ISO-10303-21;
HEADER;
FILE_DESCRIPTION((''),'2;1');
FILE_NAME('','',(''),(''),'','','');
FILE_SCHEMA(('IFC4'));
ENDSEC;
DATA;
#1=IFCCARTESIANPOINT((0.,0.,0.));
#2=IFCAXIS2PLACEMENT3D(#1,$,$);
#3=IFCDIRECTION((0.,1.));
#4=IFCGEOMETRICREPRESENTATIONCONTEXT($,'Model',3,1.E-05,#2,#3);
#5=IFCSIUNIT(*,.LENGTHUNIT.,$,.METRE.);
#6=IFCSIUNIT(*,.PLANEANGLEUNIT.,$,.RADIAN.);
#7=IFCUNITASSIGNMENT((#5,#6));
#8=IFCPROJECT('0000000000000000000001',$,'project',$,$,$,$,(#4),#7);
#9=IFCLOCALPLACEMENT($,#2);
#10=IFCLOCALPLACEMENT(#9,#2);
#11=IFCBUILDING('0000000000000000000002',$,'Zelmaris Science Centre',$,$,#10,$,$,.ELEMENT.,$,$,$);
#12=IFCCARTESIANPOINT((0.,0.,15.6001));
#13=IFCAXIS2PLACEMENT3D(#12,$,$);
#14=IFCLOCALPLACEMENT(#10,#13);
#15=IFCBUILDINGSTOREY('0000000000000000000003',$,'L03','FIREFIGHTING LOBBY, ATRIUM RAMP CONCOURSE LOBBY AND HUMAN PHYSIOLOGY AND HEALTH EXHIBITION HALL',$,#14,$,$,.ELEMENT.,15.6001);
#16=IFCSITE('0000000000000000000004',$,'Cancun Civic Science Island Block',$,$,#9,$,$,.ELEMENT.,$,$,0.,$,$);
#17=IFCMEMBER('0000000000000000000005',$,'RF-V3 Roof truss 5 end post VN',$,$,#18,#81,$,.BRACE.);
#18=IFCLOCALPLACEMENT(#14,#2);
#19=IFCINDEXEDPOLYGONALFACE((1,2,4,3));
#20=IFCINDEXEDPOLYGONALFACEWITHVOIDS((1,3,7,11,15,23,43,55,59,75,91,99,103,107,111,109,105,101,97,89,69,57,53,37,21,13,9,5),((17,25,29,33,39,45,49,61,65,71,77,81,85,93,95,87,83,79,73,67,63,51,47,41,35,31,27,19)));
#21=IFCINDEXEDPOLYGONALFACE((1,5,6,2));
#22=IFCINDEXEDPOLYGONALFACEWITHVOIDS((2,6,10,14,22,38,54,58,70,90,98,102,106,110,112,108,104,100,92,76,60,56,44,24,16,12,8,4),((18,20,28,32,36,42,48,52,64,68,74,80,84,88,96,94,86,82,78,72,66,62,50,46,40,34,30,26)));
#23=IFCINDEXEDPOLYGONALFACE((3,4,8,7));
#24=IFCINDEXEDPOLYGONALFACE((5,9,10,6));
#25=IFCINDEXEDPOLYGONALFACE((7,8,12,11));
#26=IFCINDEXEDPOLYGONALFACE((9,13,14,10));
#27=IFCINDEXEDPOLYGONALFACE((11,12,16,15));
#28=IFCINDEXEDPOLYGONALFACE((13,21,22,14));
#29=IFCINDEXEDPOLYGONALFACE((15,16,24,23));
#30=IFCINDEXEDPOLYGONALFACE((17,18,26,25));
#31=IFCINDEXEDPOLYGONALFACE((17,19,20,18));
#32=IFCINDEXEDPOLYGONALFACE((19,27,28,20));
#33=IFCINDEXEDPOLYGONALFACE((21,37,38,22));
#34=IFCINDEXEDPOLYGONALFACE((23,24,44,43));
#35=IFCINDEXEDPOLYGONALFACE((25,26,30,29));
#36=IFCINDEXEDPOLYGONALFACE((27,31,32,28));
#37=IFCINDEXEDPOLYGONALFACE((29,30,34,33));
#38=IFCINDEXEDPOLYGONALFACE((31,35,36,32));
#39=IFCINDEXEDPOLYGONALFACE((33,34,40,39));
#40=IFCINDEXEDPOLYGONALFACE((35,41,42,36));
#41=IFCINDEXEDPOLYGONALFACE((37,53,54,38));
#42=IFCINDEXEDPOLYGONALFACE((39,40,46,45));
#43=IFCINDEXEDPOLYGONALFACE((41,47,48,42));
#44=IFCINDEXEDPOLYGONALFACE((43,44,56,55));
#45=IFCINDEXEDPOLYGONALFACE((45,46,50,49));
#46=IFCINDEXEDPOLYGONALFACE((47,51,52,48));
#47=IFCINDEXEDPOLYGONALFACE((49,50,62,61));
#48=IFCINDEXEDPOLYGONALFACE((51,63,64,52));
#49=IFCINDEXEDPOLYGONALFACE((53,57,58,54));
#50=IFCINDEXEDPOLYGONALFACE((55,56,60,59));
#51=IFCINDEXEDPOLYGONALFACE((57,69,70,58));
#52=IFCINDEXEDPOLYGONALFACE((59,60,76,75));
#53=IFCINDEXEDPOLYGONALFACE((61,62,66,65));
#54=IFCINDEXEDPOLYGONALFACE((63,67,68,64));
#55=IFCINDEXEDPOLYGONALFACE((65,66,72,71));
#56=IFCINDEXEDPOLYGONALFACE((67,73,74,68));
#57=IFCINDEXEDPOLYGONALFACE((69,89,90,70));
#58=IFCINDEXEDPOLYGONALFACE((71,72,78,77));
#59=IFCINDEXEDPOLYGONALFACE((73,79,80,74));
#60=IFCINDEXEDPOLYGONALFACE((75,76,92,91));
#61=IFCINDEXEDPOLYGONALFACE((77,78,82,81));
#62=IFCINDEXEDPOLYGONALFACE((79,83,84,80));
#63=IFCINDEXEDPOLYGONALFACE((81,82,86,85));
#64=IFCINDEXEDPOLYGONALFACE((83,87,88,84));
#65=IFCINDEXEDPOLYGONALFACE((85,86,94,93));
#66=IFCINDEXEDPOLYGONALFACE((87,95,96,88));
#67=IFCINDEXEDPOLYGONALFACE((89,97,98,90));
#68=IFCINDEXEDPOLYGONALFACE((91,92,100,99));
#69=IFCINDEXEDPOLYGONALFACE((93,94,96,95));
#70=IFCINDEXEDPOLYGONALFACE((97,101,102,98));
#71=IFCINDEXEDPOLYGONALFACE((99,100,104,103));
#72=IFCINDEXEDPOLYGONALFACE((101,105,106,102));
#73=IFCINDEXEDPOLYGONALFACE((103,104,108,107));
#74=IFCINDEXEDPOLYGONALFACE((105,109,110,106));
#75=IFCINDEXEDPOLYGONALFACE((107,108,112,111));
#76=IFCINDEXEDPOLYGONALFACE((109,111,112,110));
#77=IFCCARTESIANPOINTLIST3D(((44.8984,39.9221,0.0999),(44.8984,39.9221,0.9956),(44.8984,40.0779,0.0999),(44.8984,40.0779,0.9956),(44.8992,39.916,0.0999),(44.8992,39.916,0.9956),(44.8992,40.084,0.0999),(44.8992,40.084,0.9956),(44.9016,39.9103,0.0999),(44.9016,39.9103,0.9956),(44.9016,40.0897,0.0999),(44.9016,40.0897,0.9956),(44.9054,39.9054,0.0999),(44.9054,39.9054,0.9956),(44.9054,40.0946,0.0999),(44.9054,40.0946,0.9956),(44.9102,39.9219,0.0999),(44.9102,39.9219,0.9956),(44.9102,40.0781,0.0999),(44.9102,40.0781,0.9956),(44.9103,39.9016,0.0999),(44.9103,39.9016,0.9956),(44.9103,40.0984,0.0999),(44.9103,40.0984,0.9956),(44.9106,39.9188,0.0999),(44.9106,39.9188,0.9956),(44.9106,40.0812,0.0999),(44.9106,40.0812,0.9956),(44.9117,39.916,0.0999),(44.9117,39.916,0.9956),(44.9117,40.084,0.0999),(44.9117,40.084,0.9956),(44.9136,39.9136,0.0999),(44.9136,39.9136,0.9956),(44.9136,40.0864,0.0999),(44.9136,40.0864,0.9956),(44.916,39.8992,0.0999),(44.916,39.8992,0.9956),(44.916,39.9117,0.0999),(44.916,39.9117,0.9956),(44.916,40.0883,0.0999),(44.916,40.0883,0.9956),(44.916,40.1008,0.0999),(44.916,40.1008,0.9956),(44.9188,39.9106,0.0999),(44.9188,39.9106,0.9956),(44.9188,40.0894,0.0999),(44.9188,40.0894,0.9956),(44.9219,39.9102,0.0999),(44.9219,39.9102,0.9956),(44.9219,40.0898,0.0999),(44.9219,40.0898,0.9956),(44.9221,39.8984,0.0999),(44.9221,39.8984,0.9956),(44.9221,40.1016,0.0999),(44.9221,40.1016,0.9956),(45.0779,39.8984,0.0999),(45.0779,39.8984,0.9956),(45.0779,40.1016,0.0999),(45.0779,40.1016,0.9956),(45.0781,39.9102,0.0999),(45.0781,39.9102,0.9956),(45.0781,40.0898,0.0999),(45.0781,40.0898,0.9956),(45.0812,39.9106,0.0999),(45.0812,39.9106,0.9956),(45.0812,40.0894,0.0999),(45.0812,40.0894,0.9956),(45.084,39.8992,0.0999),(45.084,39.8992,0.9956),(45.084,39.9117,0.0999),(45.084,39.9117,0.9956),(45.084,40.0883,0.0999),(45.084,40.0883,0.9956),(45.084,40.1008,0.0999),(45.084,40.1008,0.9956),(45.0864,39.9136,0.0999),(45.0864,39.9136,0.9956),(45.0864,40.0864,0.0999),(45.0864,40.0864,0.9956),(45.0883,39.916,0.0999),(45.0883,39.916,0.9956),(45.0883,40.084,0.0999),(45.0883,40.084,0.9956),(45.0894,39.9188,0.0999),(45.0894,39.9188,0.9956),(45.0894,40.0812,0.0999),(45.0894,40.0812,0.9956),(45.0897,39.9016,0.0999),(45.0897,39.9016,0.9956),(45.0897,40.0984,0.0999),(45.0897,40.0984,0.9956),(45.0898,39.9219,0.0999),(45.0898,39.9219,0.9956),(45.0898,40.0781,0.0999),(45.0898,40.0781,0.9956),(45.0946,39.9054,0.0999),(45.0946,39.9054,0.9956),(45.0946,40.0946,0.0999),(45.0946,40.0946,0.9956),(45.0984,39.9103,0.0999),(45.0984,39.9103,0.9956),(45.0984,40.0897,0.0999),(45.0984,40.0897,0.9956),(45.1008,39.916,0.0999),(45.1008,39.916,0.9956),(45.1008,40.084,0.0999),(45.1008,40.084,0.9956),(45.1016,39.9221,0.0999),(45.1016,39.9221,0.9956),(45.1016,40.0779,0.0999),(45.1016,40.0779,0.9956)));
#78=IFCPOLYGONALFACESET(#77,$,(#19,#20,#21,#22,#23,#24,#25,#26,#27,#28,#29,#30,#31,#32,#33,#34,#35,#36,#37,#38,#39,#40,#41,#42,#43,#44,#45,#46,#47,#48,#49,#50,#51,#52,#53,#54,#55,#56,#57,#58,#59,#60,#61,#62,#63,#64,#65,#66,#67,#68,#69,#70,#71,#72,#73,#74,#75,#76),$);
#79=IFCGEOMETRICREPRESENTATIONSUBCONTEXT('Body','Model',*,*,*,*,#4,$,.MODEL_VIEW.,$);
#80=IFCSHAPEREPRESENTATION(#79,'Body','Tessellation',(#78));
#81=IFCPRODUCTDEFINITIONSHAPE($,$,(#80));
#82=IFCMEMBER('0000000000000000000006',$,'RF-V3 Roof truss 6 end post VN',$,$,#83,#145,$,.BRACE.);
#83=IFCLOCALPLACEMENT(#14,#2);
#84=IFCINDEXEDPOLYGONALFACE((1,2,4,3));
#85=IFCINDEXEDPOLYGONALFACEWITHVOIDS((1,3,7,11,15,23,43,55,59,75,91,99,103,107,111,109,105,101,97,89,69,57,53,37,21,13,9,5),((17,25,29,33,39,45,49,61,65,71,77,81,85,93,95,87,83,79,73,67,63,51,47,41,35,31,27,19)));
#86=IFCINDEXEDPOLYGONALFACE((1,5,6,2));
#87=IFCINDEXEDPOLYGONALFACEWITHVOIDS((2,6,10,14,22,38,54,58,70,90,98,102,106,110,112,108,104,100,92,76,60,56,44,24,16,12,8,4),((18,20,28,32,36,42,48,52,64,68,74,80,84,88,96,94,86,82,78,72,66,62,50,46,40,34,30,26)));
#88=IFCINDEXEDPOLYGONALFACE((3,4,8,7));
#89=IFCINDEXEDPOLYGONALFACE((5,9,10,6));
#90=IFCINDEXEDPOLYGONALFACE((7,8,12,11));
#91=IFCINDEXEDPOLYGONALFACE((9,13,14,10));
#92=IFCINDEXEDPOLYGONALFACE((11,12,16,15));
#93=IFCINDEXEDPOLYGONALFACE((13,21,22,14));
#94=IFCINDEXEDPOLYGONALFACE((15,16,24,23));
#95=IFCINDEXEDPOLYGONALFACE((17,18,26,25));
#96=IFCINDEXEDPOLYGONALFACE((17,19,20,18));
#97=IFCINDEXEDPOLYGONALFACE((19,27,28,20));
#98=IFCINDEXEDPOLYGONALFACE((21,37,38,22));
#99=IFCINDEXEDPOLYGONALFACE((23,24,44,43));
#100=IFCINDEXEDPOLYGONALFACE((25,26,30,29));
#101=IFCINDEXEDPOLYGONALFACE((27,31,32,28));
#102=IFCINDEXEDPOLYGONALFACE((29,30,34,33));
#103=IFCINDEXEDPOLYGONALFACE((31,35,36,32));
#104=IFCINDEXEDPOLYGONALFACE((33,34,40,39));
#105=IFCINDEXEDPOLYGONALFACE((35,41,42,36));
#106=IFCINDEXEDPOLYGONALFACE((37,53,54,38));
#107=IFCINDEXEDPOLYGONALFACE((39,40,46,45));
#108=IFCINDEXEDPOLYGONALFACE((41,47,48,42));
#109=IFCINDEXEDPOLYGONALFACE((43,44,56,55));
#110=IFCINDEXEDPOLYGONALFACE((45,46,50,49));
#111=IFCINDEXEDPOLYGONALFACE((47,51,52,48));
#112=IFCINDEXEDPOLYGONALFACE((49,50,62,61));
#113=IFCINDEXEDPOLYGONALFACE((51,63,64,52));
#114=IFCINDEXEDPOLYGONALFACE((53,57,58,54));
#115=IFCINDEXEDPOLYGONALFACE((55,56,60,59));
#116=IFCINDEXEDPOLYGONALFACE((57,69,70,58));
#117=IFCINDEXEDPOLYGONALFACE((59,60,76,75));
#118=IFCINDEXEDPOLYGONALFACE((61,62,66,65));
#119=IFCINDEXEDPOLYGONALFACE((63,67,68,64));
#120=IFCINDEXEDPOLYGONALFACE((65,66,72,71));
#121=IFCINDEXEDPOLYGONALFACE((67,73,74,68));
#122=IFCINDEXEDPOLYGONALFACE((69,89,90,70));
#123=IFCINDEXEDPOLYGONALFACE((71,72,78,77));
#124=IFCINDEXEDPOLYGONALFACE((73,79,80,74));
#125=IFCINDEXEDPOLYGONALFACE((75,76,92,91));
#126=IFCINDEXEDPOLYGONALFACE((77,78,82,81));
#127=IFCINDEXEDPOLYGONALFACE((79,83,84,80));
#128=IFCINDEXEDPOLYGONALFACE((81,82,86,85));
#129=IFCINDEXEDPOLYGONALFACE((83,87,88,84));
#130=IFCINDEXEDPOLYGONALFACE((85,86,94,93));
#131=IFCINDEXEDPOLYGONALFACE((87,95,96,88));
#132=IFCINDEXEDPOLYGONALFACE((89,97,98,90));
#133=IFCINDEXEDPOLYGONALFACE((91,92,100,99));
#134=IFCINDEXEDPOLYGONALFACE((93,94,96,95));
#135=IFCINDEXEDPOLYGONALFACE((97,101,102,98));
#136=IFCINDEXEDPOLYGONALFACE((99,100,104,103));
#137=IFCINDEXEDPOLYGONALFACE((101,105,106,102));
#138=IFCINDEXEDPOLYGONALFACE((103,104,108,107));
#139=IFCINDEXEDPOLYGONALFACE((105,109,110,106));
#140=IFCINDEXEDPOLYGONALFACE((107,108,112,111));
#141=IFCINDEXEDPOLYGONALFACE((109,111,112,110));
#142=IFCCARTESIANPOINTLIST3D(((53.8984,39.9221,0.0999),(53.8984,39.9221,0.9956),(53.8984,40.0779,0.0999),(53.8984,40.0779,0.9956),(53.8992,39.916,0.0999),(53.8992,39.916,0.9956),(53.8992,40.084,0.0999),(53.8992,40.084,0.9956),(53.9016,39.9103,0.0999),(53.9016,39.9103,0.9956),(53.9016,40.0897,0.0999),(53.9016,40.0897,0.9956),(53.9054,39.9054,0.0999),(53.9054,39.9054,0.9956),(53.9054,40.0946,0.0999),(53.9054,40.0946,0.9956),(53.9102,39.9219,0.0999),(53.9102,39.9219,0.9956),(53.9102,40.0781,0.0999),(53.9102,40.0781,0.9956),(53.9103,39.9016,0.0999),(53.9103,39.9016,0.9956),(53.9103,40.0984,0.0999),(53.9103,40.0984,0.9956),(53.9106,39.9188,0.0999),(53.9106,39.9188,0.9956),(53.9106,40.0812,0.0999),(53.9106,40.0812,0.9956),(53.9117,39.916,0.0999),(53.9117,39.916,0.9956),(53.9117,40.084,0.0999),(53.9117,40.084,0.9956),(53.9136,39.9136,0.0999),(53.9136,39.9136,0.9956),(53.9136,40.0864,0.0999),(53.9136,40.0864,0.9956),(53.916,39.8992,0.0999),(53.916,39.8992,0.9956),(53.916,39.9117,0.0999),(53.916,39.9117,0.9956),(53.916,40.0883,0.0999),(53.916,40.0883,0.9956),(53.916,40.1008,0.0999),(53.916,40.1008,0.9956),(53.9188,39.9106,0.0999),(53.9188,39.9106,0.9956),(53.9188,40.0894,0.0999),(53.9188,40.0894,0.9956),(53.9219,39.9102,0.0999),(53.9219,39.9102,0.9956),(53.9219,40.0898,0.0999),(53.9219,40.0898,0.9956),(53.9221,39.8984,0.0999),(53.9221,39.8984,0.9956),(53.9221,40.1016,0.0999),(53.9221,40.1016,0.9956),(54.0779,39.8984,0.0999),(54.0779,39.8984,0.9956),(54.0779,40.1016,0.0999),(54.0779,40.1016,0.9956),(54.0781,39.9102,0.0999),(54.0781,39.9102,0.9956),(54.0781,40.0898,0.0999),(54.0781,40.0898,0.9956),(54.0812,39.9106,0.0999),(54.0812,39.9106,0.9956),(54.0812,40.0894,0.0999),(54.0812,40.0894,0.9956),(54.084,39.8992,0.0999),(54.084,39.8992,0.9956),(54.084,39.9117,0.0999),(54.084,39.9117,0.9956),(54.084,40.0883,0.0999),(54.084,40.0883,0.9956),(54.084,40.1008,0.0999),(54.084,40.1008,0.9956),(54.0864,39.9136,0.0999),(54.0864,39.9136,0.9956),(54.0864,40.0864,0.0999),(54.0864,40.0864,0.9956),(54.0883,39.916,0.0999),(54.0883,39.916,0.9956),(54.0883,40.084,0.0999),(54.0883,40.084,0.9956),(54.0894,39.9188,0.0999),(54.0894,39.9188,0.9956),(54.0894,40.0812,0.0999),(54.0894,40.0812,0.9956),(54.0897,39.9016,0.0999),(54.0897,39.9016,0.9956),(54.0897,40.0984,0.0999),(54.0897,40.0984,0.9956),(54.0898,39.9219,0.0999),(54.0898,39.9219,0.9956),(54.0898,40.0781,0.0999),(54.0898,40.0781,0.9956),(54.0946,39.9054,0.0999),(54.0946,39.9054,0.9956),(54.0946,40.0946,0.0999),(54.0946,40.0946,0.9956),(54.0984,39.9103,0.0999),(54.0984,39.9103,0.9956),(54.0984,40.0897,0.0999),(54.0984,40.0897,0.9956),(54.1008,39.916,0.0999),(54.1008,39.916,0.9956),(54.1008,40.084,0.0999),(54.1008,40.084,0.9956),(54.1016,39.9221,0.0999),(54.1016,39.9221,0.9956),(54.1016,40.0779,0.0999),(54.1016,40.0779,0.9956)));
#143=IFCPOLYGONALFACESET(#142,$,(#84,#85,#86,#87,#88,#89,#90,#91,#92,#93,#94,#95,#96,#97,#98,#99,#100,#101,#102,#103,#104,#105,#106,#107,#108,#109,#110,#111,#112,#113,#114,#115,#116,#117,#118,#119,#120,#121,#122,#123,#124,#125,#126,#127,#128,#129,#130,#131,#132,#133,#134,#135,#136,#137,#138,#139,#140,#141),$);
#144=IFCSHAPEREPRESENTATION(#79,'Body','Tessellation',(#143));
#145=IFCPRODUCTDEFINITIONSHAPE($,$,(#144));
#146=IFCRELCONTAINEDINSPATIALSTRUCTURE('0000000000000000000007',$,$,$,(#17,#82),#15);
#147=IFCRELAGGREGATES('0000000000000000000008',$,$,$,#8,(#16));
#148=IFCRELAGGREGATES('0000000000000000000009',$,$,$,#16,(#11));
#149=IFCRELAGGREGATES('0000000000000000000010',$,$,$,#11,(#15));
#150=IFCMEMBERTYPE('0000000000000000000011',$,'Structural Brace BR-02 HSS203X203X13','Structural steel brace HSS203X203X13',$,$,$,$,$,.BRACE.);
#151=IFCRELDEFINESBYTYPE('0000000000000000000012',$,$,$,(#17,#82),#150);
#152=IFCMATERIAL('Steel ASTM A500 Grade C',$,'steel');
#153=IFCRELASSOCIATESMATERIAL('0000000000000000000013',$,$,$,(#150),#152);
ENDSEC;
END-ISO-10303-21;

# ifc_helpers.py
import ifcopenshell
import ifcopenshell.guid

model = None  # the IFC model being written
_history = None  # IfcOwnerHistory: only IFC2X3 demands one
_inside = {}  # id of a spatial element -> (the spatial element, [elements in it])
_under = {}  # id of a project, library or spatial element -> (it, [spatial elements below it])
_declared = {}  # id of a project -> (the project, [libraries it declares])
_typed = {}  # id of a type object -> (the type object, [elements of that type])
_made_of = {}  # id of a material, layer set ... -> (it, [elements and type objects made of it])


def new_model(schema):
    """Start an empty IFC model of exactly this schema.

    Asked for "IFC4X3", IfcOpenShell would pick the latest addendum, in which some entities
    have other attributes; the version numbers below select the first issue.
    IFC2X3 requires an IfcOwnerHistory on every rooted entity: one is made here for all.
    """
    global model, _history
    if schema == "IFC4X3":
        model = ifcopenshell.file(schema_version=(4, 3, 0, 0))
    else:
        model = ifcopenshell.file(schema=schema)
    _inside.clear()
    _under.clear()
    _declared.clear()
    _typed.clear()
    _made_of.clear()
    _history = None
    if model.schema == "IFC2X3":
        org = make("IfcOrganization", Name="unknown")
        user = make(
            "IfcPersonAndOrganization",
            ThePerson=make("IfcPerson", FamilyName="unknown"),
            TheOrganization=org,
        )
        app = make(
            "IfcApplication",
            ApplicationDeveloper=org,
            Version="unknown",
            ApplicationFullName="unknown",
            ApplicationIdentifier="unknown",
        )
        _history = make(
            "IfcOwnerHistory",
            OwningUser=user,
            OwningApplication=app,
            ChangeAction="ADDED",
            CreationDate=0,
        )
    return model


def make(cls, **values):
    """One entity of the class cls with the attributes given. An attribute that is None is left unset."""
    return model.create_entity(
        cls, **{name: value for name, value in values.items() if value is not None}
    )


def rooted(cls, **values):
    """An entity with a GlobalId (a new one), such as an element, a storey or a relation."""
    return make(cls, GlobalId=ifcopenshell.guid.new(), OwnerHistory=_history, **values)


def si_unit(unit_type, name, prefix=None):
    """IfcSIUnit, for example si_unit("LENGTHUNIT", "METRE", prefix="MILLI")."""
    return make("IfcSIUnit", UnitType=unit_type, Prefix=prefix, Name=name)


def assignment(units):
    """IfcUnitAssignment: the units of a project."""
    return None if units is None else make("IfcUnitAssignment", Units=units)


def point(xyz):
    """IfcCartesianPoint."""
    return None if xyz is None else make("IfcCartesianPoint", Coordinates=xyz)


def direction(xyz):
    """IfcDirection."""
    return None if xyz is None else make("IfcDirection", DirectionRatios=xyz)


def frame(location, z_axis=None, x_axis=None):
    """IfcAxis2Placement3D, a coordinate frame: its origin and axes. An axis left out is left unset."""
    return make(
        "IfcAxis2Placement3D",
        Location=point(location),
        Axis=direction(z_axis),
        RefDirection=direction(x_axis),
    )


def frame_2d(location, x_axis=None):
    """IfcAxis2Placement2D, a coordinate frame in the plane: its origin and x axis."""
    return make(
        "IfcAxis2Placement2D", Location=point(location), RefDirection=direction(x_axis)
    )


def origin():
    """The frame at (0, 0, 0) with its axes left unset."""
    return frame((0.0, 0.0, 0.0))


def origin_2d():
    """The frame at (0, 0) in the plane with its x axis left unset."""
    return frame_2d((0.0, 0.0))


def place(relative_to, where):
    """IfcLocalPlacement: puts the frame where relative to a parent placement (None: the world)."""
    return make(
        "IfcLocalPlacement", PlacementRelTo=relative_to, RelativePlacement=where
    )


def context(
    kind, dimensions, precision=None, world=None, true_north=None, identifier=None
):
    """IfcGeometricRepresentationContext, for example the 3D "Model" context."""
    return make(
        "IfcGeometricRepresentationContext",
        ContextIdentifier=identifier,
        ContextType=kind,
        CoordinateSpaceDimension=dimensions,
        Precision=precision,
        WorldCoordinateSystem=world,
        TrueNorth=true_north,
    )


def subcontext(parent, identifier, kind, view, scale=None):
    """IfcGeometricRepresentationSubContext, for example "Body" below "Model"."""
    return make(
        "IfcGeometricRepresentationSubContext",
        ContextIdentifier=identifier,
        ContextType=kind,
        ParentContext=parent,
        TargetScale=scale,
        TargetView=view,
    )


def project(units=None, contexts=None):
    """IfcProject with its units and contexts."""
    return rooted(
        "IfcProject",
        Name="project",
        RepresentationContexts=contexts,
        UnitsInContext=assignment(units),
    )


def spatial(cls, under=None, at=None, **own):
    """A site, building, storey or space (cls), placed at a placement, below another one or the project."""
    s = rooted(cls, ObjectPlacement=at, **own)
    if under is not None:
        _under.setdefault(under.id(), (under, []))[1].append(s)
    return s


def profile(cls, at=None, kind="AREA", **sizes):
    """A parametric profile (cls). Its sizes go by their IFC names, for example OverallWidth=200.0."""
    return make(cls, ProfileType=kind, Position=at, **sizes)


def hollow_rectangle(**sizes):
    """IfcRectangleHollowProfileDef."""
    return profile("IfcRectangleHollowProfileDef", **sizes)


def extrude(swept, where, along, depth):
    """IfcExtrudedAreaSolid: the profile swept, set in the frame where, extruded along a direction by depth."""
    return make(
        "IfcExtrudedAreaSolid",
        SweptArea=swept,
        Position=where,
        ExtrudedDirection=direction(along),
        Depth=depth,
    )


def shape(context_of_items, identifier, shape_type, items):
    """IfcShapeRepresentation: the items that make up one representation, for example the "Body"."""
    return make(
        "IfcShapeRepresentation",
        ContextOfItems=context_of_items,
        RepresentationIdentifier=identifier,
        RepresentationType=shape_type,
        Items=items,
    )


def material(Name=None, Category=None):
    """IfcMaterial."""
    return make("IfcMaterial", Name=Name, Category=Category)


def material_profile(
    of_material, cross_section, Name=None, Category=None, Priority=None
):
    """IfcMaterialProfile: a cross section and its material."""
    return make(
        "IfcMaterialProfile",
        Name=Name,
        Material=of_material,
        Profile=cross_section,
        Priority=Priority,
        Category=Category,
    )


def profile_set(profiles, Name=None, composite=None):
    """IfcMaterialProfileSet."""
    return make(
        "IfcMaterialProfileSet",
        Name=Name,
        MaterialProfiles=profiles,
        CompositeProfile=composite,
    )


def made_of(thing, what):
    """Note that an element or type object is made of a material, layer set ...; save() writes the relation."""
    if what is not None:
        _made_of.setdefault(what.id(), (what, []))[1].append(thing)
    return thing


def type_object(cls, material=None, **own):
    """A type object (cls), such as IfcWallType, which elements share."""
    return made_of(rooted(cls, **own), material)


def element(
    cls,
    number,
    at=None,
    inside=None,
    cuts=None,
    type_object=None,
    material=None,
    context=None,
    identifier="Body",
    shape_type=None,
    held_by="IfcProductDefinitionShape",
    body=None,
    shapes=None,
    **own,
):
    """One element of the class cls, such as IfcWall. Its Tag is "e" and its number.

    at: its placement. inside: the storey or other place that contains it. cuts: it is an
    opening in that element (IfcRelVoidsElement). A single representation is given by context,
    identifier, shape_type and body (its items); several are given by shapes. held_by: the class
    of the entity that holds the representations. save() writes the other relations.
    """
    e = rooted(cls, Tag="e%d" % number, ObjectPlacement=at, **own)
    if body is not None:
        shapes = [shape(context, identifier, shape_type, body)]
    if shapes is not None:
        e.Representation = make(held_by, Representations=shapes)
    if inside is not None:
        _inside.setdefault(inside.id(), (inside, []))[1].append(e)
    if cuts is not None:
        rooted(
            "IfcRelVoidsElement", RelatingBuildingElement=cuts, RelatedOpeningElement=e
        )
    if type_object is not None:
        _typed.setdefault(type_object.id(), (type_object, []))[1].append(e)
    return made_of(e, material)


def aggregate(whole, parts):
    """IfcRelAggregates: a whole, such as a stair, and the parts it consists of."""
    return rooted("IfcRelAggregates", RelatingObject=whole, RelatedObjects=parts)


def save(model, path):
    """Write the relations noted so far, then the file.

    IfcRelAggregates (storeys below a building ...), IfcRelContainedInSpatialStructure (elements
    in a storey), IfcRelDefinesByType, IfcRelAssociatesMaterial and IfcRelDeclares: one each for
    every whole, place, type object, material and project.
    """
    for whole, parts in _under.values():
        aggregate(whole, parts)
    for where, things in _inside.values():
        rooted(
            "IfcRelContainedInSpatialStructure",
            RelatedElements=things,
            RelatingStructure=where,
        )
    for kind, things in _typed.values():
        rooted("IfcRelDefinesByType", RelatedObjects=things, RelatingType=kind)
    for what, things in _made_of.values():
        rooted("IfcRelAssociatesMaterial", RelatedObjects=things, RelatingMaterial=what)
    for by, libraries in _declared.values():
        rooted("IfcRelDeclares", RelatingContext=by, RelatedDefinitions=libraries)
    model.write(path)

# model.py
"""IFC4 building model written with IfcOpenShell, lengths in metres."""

from ifc_helpers import new_model, si_unit, direction, frame, origin, origin_2d, place, context, subcontext, project, spatial, hollow_rectangle, extrude, material, material_profile, profile_set, type_object, element, save


model = new_model("IFC4")

# Units and contexts
model_context = context("Model", 3, precision=1e-05, world=origin(), true_north=direction((0.0, 1.0)))
body_context = subcontext(model_context, "Body", "Model", "MODEL_VIEW")
ifc_project = project(units=[si_unit("LENGTHUNIT", "METRE"), si_unit("PLANEANGLEUNIT", "RADIAN")], contexts=[model_context])

# Site, building, storey
site_placement = place(None, origin())
site = spatial("IfcSite", under=ifc_project, at=site_placement, Name="Cancun Civic Science Island Block", CompositionType="ELEMENT", RefElevation=0.0)
building_placement = place(site_placement, origin())
building = spatial("IfcBuilding", under=site, at=building_placement, Name="Zelmaris Science Centre", CompositionType="ELEMENT")
storey_placement = place(building_placement, frame((0.0, 0.0, 15.6001)))
storey = spatial("IfcBuildingStorey", under=building, at=storey_placement, Name="L03", Description="FIREFIGHTING LOBBY, ATRIUM RAMP CONCOURSE LOBBY AND HUMAN PHYSIOLOGY AND HEALTH EXHIBITION HALL", CompositionType="ELEMENT", Elevation=15.6001)

# Shared definitions
ifc_material_1 = material(Name="Steel ASTM A500 Grade C", Category="steel")

# Members
ifc_material_profile_1 = material_profile(ifc_material_1, hollow_rectangle(XDim=0.2031, YDim=0.2031, WallThickness=0.0117, InnerFilletRadius=0.0117, OuterFilletRadius=0.0237, at=origin_2d()), Name="HSS203X203X13")
ifc_profile_set_1 = profile_set([ifc_material_profile_1], Name="Steel ASTM A500 Grade C")
member_type_1 = type_object("IfcMemberType", Name="Structural Brace BR-02 HSS203X203X13", Description="Structural steel brace HSS203X203X13", PredefinedType="BRACE", material=ifc_profile_set_1)
for number, where, z_axis, x_axis, name in (
    (1, (45.0, 40.0, 0.0999), (0.0, 0.0, 1.0), (1.0, 0.0, 0.0), "RF-V3 Roof truss 5 end post VN"),
    (2, (54.0, 40.0, 0.0999), (0.0, 0.0, 1.0), (1.0, 0.0, 0.0), "RF-V3 Roof truss 6 end post VN"),
):
    element("IfcMember", number, at=place(storey_placement, frame(where, z_axis=z_axis, x_axis=x_axis)), inside=storey, type_object=member_type_1, Name=name, PredefinedType="BRACE", context=body_context, shape_type="SweptSolid", body=[
        extrude(hollow_rectangle(XDim=0.2031, YDim=0.2031, WallThickness=0.0117, InnerFilletRadius=0.0117, OuterFilletRadius=0.0237, at=origin_2d()), origin(), (0.0, 0.0, 1.0), 0.8958),
    ])

save(model, "model.ifc")
